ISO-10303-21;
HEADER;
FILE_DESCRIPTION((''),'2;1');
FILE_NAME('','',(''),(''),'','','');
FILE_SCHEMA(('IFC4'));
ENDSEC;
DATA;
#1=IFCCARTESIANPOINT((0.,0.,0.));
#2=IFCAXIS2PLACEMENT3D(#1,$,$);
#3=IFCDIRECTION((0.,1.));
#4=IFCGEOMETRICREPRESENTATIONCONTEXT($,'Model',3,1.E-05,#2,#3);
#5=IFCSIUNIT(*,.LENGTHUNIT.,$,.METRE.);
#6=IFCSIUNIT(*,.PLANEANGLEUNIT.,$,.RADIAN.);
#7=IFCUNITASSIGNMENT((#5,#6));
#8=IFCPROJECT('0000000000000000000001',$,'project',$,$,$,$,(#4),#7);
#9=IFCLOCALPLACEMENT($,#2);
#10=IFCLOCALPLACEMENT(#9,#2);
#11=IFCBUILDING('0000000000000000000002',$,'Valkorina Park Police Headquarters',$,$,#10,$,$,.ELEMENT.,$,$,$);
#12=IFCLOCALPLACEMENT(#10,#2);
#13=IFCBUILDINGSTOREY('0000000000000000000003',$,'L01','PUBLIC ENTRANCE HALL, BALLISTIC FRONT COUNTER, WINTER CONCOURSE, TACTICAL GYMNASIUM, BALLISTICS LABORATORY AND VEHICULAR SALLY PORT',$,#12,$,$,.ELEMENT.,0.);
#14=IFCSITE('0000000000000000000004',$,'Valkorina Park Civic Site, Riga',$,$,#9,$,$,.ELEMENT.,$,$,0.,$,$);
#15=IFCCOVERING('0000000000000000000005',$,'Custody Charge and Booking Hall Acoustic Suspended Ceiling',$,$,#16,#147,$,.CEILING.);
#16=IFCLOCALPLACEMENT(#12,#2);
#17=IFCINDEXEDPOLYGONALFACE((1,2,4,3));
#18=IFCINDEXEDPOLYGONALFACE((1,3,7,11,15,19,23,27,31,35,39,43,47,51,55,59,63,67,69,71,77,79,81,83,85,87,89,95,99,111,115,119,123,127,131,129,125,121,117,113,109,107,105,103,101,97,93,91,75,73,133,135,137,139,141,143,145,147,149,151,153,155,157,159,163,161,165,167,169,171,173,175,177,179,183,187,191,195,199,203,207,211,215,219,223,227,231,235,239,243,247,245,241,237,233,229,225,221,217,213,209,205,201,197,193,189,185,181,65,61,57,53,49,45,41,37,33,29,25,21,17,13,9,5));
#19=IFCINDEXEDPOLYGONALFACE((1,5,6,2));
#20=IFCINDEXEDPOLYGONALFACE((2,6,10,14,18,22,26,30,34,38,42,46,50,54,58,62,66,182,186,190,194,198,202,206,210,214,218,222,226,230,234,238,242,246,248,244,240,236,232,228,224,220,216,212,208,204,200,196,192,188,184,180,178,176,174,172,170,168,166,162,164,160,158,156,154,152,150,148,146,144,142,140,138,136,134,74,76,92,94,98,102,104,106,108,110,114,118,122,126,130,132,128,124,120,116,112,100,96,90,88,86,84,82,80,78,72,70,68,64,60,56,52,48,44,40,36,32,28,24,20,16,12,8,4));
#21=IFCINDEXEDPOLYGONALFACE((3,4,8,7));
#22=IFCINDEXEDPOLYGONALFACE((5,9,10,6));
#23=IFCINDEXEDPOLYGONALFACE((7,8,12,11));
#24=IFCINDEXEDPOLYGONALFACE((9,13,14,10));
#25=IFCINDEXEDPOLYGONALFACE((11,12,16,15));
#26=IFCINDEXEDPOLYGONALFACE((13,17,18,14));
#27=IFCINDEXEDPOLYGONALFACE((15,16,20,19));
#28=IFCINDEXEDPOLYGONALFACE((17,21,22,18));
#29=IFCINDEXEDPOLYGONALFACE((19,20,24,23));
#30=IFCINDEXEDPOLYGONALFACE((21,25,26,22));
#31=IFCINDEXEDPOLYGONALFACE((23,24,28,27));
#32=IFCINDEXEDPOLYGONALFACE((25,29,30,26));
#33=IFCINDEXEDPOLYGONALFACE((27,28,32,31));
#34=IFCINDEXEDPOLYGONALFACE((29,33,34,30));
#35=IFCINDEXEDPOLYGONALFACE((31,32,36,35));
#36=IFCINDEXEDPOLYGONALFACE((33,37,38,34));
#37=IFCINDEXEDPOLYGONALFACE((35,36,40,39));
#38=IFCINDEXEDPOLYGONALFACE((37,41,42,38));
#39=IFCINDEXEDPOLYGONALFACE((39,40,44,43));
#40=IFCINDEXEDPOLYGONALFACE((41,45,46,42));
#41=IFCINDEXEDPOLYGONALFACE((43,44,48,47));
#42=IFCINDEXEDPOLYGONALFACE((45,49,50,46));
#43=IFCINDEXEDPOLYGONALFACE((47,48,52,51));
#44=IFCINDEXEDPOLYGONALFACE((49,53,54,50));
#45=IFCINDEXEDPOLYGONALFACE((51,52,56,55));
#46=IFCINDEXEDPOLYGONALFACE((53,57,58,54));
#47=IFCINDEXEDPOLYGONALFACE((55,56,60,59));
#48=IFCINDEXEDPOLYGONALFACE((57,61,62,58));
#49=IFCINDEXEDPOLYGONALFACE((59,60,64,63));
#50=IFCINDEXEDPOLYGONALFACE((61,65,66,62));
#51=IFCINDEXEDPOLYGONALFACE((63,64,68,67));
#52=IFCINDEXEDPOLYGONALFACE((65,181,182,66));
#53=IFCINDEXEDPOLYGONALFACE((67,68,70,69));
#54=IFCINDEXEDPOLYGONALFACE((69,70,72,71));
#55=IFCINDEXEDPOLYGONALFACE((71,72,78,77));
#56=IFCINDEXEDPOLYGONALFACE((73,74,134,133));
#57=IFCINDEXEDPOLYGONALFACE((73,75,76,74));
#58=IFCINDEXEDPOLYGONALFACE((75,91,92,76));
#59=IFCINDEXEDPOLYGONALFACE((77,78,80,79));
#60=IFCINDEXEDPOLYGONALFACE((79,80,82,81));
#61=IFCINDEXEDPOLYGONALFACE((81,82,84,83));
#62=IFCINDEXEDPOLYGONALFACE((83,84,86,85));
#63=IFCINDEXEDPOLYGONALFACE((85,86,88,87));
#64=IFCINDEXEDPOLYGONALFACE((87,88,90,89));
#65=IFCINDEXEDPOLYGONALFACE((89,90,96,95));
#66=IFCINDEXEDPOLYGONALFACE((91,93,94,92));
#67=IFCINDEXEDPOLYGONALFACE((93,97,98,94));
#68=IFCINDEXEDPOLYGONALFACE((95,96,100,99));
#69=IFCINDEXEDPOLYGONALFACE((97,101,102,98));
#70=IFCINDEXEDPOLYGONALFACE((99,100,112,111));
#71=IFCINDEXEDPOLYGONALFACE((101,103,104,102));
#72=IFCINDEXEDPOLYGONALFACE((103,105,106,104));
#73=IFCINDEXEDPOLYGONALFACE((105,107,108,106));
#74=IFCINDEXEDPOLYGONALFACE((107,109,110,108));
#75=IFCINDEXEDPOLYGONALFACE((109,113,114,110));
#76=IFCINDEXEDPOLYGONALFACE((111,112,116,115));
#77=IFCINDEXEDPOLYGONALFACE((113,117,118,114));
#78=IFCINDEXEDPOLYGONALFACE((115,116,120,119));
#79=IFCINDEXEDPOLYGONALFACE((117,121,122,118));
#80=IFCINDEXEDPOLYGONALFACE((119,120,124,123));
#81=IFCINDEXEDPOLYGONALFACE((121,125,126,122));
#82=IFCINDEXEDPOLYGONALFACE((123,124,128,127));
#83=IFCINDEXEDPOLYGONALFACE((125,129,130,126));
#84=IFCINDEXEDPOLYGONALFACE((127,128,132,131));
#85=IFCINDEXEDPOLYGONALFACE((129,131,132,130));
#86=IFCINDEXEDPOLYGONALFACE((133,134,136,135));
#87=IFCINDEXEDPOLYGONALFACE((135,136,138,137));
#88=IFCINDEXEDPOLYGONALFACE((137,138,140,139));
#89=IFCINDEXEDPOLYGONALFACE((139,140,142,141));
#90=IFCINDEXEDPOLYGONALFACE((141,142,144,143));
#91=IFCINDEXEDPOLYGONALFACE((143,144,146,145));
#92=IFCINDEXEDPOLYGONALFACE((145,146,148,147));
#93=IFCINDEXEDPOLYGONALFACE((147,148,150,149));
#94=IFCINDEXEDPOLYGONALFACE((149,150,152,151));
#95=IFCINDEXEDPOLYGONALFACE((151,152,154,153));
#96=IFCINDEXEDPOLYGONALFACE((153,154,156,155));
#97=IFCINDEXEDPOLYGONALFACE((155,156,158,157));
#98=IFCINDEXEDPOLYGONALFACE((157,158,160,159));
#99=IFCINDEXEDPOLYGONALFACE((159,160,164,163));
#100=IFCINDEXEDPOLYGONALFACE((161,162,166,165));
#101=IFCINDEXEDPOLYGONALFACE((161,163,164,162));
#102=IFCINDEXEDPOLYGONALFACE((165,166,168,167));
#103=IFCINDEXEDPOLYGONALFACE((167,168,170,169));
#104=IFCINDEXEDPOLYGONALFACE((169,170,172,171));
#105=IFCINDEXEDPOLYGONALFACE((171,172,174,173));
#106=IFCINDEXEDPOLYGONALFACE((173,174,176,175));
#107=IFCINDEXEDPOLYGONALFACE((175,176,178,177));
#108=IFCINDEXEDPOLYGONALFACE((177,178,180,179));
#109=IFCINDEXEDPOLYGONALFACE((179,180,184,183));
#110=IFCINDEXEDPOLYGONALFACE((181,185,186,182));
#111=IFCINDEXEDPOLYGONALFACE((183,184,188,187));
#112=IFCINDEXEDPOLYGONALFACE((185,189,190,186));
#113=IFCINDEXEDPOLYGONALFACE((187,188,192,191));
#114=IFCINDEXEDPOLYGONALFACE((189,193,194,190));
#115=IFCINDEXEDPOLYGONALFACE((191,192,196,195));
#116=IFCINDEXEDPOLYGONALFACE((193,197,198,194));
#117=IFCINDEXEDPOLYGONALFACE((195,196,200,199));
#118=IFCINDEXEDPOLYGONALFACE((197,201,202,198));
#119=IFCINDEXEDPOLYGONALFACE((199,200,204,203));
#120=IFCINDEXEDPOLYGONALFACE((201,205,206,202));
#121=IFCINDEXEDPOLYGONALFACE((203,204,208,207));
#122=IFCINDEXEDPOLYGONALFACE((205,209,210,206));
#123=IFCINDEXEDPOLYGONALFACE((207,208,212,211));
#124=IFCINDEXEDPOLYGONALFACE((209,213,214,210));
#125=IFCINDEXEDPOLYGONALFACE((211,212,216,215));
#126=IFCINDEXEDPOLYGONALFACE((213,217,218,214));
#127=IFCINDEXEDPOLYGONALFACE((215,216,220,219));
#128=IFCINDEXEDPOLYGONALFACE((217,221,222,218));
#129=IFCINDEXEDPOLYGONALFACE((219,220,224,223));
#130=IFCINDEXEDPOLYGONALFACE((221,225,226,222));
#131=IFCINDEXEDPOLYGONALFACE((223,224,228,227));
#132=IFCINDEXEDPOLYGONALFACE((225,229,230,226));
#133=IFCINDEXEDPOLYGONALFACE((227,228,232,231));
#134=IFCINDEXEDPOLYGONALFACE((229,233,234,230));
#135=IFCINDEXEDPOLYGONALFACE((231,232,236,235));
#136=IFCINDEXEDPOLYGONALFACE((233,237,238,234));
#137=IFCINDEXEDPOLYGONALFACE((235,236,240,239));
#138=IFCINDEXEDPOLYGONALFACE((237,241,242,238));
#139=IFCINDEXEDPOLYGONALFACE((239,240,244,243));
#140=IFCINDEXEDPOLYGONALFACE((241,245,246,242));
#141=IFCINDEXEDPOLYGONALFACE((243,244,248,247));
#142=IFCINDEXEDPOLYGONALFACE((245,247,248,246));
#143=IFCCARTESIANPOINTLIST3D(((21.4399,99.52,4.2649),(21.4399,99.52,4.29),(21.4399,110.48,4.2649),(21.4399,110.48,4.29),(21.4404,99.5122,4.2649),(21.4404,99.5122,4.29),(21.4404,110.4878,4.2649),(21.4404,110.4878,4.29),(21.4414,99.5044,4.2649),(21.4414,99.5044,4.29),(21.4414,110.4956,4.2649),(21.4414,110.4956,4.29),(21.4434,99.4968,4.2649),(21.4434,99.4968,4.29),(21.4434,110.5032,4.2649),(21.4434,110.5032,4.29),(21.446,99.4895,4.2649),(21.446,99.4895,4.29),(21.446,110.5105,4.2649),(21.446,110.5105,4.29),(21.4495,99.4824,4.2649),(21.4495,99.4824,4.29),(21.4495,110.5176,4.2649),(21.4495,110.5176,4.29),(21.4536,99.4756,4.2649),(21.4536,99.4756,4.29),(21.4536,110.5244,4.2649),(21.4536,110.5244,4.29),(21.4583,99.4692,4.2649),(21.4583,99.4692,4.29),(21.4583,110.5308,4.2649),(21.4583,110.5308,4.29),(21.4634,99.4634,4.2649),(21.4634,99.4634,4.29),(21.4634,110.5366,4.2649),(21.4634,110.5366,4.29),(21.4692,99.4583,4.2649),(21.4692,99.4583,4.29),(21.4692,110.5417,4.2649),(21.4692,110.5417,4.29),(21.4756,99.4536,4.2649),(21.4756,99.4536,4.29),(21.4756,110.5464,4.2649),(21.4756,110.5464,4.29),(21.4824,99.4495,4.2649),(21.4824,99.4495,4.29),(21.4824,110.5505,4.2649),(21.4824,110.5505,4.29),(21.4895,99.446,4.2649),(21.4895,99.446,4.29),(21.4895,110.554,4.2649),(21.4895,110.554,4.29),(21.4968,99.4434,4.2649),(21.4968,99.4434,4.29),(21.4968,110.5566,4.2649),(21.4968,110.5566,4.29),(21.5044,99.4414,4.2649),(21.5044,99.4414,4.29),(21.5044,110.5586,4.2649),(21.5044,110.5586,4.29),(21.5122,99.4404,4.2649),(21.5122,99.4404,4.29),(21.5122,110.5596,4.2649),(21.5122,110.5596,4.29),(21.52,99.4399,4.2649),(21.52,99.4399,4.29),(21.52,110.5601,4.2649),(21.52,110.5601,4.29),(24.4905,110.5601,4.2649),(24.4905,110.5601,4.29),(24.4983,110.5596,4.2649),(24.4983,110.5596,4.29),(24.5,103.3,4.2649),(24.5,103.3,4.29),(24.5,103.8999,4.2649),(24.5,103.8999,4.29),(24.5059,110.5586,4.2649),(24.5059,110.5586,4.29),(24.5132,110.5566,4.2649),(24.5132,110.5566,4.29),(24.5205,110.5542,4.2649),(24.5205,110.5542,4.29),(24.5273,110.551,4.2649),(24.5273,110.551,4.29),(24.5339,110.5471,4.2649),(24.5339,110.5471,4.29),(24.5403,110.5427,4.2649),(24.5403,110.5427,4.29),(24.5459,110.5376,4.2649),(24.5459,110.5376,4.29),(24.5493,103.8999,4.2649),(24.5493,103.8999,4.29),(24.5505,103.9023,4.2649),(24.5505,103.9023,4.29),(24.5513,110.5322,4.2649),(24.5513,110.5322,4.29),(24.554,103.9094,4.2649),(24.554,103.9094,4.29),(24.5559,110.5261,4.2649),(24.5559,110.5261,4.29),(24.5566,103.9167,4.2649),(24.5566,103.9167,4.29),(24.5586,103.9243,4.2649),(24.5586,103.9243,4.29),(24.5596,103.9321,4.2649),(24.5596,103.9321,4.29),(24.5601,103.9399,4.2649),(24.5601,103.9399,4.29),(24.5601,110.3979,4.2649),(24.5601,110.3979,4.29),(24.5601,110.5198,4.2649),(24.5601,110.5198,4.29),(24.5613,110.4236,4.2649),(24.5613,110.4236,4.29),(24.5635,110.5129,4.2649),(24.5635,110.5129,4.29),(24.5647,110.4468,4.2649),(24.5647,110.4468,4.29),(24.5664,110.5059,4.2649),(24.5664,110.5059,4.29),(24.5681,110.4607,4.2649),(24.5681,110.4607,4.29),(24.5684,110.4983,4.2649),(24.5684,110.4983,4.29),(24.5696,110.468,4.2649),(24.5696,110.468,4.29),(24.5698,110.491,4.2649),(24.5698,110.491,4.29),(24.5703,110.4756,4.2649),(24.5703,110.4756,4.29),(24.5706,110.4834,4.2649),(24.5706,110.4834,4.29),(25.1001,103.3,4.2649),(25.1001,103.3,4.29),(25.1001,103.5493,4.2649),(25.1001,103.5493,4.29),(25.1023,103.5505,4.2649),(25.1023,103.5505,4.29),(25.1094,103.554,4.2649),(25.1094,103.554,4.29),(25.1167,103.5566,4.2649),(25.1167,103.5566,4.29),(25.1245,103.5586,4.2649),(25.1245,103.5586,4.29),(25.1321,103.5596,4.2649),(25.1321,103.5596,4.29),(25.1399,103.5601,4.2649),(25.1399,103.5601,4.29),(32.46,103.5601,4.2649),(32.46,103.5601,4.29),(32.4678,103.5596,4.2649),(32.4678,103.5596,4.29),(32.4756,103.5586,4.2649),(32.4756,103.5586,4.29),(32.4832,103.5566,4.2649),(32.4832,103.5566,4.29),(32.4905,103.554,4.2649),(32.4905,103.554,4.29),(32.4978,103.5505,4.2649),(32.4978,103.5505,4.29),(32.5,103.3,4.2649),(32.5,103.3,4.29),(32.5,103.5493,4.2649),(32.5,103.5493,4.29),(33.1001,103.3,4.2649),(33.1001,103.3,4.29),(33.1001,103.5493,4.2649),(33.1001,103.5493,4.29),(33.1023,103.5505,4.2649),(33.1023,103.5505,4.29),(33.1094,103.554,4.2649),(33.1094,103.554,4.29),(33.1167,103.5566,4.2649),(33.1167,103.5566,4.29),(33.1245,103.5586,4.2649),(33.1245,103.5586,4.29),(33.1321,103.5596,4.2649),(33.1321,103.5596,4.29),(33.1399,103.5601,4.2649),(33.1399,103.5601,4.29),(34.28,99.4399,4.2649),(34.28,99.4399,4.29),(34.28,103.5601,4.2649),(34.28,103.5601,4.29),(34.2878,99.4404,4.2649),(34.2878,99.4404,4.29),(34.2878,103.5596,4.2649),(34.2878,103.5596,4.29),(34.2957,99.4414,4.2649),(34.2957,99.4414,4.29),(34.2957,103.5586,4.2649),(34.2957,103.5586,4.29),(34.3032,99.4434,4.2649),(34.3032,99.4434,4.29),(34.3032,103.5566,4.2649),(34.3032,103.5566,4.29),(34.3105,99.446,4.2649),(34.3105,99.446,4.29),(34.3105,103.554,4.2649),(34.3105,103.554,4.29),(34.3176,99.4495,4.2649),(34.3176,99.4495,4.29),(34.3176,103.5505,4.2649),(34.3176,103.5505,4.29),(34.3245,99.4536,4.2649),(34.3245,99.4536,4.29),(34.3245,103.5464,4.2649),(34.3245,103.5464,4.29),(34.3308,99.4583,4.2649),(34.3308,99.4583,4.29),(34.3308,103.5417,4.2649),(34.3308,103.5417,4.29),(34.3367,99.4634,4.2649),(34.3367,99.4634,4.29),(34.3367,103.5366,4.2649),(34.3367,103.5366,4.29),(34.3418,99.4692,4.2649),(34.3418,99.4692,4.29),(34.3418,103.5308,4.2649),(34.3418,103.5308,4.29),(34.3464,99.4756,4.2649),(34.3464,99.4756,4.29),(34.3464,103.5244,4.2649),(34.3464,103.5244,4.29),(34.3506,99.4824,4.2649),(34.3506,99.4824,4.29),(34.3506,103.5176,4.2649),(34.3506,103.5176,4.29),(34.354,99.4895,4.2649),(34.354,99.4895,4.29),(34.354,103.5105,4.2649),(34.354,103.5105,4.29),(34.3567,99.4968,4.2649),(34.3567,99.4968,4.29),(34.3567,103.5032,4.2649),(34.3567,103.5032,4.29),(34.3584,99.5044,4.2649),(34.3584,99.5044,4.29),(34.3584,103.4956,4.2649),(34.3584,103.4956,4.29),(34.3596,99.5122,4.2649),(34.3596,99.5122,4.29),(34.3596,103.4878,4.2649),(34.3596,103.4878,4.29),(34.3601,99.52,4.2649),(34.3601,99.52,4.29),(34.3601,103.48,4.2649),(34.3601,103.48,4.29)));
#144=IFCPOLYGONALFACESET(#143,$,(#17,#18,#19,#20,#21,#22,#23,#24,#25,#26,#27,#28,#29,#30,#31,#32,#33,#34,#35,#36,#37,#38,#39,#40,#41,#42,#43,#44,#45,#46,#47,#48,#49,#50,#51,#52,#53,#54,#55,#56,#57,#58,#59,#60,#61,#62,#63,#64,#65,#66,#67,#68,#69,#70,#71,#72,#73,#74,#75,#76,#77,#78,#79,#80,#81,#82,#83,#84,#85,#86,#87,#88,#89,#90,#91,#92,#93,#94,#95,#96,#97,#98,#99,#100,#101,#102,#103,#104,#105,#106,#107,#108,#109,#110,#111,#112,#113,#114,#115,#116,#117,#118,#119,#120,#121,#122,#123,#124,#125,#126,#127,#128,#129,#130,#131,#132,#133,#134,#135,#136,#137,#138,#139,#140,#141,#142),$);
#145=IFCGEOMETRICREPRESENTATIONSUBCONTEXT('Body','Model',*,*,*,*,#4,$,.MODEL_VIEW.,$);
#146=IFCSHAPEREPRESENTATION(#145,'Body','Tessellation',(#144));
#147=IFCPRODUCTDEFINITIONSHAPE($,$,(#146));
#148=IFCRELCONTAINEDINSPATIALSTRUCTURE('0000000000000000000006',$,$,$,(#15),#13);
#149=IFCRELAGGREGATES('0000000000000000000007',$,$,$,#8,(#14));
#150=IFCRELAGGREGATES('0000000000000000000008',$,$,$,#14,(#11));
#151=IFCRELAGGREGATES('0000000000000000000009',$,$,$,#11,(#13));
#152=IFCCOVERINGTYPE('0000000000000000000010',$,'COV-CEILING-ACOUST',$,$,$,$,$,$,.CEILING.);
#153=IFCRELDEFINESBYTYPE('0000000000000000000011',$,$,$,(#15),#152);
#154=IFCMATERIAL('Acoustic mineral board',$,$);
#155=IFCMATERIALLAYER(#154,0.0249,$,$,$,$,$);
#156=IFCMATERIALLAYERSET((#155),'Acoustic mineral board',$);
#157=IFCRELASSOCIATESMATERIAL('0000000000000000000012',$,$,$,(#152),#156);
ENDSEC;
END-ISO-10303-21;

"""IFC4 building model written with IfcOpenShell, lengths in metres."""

from ifc_helpers import new_model, si_unit, direction, frame, origin, place, context, subcontext, project, spatial, polyline, outline, extrude, material, layer, layer_set, type_object, element, save


model = new_model("IFC4")

# Units and contexts
model_context = context("Model", 3, precision=1e-05, world=origin(), true_north=direction((0.0, 1.0)))
body_context = subcontext(model_context, "Body", "Model", "MODEL_VIEW")
ifc_project = project(units=[si_unit("LENGTHUNIT", "METRE"), si_unit("PLANEANGLEUNIT", "RADIAN")], contexts=[model_context])

# Site, building, storey
site_placement = place(None, origin())
site = spatial("IfcSite", under=ifc_project, at=site_placement, Name="Valkorina Park Civic Site, Riga", CompositionType="ELEMENT", RefElevation=0.0)
building_placement = place(site_placement, origin())
building = spatial("IfcBuilding", under=site, at=building_placement, Name="Valkorina Park Police Headquarters", CompositionType="ELEMENT")
storey_placement = place(building_placement, origin())
storey = spatial("IfcBuildingStorey", under=building, at=storey_placement, Name="L01", Description="PUBLIC ENTRANCE HALL, BALLISTIC FRONT COUNTER, WINTER CONCOURSE, TACTICAL GYMNASIUM, BALLISTICS LABORATORY AND VEHICULAR SALLY PORT", CompositionType="ELEMENT", Elevation=0.0)

# Covering
ifc_material_1 = material(Name="Acoustic mineral board")
ifc_layer_1 = layer(ifc_material_1, 0.0249)
ifc_layer_set_1 = layer_set([ifc_layer_1], Name="Acoustic mineral board")
covering_type_1 = type_object("IfcCoveringType", Name="COV-CEILING-ACOUST", PredefinedType="CEILING", material=ifc_layer_set_1)
covering_1_placement = place(storey_placement, frame((0.0, 0.0, 4.2649)))
element("IfcCovering", 1, at=covering_1_placement, inside=storey, type_object=covering_type_1, Name="Custody Charge and Booking Hall Acoustic Suspended Ceiling", PredefinedType="CEILING", context=body_context, shape_type="SweptSolid", body=[
    extrude(outline(polyline([(25.1001, 103.5493), (25.1001, 103.3), (24.5, 103.3), (24.5, 103.8999), (24.5493, 103.8999), (24.5505, 103.9023), (24.554, 103.9094), (24.5566, 103.9167), (24.5586, 103.9243), (24.5596, 103.9321), (24.5601, 103.9399), (24.5601, 110.3979), (24.5613, 110.4236), (24.5647, 110.4468), (24.5681, 110.4607), (24.5696, 110.468), (24.5703, 110.4756), (24.5706, 110.4834), (24.5698, 110.491), (24.5684, 110.4983), (24.5664, 110.5059), (24.5635, 110.5129), (24.5601, 110.5198), (24.5559, 110.5261), (24.5513, 110.5322), (24.5459, 110.5376), (24.5403, 110.5427), (24.5339, 110.5471), (24.5273, 110.551), (24.5205, 110.5542), (24.5132, 110.5566), (24.5059, 110.5586), (24.4983, 110.5596), (24.4905, 110.5601), (21.52, 110.5601), (21.5122, 110.5596), (21.5044, 110.5586), (21.4968, 110.5566), (21.4895, 110.554), (21.4824, 110.5505), (21.4756, 110.5464), (21.4692, 110.5417), (21.4634, 110.5366), (21.4583, 110.5308), (21.4536, 110.5244), (21.4495, 110.5176), (21.446, 110.5105), (21.4434, 110.5032), (21.4414, 110.4956), (21.4404, 110.4878), (21.4399, 110.48), (21.4399, 99.52), (21.4404, 99.5122), (21.4414, 99.5044), (21.4434, 99.4968), (21.446, 99.4895), (21.4495, 99.4824), (21.4536, 99.4756), (21.4583, 99.4692), (21.4634, 99.4634), (21.4692, 99.4583), (21.4756, 99.4536), (21.4824, 99.4495), (21.4895, 99.446), (21.4968, 99.4434), (21.5044, 99.4414), (21.5122, 99.4404), (21.52, 99.4399), (34.28, 99.4399), (34.2878, 99.4404), (34.2957, 99.4414), (34.3032, 99.4434), (34.3105, 99.446), (34.3176, 99.4495), (34.3245, 99.4536), (34.3308, 99.4583), (34.3367, 99.4634), (34.3418, 99.4692), (34.3464, 99.4756), (34.3506, 99.4824), (34.354, 99.4895), (34.3567, 99.4968), (34.3584, 99.5044), (34.3596, 99.5122), (34.3601, 99.52), (34.3601, 103.48), (34.3596, 103.4878), (34.3584, 103.4956), (34.3567, 103.5032), (34.354, 103.5105), (34.3506, 103.5176), (34.3464, 103.5244), (34.3418, 103.5308), (34.3367, 103.5366), (34.3308, 103.5417), (34.3245, 103.5464), (34.3176, 103.5505), (34.3105, 103.554), (34.3032, 103.5566), (34.2957, 103.5586), (34.2878, 103.5596), (34.28, 103.5601), (33.1399, 103.5601), (33.1321, 103.5596), (33.1245, 103.5586), (33.1167, 103.5566), (33.1094, 103.554), (33.1023, 103.5505), (33.1001, 103.5493), (33.1001, 103.3), (32.5, 103.3), (32.5, 103.5493), (32.4978, 103.5505), (32.4905, 103.554), (32.4832, 103.5566), (32.4756, 103.5586), (32.4678, 103.5596), (32.46, 103.5601), (25.1399, 103.5601), (25.1321, 103.5596), (25.1245, 103.5586), (25.1167, 103.5566), (25.1094, 103.554), (25.1023, 103.5505), (25.1001, 103.5493)])), origin(), (0.0, 0.0, 1.0), 0.0251),
])

save(model, "model.ifc")
